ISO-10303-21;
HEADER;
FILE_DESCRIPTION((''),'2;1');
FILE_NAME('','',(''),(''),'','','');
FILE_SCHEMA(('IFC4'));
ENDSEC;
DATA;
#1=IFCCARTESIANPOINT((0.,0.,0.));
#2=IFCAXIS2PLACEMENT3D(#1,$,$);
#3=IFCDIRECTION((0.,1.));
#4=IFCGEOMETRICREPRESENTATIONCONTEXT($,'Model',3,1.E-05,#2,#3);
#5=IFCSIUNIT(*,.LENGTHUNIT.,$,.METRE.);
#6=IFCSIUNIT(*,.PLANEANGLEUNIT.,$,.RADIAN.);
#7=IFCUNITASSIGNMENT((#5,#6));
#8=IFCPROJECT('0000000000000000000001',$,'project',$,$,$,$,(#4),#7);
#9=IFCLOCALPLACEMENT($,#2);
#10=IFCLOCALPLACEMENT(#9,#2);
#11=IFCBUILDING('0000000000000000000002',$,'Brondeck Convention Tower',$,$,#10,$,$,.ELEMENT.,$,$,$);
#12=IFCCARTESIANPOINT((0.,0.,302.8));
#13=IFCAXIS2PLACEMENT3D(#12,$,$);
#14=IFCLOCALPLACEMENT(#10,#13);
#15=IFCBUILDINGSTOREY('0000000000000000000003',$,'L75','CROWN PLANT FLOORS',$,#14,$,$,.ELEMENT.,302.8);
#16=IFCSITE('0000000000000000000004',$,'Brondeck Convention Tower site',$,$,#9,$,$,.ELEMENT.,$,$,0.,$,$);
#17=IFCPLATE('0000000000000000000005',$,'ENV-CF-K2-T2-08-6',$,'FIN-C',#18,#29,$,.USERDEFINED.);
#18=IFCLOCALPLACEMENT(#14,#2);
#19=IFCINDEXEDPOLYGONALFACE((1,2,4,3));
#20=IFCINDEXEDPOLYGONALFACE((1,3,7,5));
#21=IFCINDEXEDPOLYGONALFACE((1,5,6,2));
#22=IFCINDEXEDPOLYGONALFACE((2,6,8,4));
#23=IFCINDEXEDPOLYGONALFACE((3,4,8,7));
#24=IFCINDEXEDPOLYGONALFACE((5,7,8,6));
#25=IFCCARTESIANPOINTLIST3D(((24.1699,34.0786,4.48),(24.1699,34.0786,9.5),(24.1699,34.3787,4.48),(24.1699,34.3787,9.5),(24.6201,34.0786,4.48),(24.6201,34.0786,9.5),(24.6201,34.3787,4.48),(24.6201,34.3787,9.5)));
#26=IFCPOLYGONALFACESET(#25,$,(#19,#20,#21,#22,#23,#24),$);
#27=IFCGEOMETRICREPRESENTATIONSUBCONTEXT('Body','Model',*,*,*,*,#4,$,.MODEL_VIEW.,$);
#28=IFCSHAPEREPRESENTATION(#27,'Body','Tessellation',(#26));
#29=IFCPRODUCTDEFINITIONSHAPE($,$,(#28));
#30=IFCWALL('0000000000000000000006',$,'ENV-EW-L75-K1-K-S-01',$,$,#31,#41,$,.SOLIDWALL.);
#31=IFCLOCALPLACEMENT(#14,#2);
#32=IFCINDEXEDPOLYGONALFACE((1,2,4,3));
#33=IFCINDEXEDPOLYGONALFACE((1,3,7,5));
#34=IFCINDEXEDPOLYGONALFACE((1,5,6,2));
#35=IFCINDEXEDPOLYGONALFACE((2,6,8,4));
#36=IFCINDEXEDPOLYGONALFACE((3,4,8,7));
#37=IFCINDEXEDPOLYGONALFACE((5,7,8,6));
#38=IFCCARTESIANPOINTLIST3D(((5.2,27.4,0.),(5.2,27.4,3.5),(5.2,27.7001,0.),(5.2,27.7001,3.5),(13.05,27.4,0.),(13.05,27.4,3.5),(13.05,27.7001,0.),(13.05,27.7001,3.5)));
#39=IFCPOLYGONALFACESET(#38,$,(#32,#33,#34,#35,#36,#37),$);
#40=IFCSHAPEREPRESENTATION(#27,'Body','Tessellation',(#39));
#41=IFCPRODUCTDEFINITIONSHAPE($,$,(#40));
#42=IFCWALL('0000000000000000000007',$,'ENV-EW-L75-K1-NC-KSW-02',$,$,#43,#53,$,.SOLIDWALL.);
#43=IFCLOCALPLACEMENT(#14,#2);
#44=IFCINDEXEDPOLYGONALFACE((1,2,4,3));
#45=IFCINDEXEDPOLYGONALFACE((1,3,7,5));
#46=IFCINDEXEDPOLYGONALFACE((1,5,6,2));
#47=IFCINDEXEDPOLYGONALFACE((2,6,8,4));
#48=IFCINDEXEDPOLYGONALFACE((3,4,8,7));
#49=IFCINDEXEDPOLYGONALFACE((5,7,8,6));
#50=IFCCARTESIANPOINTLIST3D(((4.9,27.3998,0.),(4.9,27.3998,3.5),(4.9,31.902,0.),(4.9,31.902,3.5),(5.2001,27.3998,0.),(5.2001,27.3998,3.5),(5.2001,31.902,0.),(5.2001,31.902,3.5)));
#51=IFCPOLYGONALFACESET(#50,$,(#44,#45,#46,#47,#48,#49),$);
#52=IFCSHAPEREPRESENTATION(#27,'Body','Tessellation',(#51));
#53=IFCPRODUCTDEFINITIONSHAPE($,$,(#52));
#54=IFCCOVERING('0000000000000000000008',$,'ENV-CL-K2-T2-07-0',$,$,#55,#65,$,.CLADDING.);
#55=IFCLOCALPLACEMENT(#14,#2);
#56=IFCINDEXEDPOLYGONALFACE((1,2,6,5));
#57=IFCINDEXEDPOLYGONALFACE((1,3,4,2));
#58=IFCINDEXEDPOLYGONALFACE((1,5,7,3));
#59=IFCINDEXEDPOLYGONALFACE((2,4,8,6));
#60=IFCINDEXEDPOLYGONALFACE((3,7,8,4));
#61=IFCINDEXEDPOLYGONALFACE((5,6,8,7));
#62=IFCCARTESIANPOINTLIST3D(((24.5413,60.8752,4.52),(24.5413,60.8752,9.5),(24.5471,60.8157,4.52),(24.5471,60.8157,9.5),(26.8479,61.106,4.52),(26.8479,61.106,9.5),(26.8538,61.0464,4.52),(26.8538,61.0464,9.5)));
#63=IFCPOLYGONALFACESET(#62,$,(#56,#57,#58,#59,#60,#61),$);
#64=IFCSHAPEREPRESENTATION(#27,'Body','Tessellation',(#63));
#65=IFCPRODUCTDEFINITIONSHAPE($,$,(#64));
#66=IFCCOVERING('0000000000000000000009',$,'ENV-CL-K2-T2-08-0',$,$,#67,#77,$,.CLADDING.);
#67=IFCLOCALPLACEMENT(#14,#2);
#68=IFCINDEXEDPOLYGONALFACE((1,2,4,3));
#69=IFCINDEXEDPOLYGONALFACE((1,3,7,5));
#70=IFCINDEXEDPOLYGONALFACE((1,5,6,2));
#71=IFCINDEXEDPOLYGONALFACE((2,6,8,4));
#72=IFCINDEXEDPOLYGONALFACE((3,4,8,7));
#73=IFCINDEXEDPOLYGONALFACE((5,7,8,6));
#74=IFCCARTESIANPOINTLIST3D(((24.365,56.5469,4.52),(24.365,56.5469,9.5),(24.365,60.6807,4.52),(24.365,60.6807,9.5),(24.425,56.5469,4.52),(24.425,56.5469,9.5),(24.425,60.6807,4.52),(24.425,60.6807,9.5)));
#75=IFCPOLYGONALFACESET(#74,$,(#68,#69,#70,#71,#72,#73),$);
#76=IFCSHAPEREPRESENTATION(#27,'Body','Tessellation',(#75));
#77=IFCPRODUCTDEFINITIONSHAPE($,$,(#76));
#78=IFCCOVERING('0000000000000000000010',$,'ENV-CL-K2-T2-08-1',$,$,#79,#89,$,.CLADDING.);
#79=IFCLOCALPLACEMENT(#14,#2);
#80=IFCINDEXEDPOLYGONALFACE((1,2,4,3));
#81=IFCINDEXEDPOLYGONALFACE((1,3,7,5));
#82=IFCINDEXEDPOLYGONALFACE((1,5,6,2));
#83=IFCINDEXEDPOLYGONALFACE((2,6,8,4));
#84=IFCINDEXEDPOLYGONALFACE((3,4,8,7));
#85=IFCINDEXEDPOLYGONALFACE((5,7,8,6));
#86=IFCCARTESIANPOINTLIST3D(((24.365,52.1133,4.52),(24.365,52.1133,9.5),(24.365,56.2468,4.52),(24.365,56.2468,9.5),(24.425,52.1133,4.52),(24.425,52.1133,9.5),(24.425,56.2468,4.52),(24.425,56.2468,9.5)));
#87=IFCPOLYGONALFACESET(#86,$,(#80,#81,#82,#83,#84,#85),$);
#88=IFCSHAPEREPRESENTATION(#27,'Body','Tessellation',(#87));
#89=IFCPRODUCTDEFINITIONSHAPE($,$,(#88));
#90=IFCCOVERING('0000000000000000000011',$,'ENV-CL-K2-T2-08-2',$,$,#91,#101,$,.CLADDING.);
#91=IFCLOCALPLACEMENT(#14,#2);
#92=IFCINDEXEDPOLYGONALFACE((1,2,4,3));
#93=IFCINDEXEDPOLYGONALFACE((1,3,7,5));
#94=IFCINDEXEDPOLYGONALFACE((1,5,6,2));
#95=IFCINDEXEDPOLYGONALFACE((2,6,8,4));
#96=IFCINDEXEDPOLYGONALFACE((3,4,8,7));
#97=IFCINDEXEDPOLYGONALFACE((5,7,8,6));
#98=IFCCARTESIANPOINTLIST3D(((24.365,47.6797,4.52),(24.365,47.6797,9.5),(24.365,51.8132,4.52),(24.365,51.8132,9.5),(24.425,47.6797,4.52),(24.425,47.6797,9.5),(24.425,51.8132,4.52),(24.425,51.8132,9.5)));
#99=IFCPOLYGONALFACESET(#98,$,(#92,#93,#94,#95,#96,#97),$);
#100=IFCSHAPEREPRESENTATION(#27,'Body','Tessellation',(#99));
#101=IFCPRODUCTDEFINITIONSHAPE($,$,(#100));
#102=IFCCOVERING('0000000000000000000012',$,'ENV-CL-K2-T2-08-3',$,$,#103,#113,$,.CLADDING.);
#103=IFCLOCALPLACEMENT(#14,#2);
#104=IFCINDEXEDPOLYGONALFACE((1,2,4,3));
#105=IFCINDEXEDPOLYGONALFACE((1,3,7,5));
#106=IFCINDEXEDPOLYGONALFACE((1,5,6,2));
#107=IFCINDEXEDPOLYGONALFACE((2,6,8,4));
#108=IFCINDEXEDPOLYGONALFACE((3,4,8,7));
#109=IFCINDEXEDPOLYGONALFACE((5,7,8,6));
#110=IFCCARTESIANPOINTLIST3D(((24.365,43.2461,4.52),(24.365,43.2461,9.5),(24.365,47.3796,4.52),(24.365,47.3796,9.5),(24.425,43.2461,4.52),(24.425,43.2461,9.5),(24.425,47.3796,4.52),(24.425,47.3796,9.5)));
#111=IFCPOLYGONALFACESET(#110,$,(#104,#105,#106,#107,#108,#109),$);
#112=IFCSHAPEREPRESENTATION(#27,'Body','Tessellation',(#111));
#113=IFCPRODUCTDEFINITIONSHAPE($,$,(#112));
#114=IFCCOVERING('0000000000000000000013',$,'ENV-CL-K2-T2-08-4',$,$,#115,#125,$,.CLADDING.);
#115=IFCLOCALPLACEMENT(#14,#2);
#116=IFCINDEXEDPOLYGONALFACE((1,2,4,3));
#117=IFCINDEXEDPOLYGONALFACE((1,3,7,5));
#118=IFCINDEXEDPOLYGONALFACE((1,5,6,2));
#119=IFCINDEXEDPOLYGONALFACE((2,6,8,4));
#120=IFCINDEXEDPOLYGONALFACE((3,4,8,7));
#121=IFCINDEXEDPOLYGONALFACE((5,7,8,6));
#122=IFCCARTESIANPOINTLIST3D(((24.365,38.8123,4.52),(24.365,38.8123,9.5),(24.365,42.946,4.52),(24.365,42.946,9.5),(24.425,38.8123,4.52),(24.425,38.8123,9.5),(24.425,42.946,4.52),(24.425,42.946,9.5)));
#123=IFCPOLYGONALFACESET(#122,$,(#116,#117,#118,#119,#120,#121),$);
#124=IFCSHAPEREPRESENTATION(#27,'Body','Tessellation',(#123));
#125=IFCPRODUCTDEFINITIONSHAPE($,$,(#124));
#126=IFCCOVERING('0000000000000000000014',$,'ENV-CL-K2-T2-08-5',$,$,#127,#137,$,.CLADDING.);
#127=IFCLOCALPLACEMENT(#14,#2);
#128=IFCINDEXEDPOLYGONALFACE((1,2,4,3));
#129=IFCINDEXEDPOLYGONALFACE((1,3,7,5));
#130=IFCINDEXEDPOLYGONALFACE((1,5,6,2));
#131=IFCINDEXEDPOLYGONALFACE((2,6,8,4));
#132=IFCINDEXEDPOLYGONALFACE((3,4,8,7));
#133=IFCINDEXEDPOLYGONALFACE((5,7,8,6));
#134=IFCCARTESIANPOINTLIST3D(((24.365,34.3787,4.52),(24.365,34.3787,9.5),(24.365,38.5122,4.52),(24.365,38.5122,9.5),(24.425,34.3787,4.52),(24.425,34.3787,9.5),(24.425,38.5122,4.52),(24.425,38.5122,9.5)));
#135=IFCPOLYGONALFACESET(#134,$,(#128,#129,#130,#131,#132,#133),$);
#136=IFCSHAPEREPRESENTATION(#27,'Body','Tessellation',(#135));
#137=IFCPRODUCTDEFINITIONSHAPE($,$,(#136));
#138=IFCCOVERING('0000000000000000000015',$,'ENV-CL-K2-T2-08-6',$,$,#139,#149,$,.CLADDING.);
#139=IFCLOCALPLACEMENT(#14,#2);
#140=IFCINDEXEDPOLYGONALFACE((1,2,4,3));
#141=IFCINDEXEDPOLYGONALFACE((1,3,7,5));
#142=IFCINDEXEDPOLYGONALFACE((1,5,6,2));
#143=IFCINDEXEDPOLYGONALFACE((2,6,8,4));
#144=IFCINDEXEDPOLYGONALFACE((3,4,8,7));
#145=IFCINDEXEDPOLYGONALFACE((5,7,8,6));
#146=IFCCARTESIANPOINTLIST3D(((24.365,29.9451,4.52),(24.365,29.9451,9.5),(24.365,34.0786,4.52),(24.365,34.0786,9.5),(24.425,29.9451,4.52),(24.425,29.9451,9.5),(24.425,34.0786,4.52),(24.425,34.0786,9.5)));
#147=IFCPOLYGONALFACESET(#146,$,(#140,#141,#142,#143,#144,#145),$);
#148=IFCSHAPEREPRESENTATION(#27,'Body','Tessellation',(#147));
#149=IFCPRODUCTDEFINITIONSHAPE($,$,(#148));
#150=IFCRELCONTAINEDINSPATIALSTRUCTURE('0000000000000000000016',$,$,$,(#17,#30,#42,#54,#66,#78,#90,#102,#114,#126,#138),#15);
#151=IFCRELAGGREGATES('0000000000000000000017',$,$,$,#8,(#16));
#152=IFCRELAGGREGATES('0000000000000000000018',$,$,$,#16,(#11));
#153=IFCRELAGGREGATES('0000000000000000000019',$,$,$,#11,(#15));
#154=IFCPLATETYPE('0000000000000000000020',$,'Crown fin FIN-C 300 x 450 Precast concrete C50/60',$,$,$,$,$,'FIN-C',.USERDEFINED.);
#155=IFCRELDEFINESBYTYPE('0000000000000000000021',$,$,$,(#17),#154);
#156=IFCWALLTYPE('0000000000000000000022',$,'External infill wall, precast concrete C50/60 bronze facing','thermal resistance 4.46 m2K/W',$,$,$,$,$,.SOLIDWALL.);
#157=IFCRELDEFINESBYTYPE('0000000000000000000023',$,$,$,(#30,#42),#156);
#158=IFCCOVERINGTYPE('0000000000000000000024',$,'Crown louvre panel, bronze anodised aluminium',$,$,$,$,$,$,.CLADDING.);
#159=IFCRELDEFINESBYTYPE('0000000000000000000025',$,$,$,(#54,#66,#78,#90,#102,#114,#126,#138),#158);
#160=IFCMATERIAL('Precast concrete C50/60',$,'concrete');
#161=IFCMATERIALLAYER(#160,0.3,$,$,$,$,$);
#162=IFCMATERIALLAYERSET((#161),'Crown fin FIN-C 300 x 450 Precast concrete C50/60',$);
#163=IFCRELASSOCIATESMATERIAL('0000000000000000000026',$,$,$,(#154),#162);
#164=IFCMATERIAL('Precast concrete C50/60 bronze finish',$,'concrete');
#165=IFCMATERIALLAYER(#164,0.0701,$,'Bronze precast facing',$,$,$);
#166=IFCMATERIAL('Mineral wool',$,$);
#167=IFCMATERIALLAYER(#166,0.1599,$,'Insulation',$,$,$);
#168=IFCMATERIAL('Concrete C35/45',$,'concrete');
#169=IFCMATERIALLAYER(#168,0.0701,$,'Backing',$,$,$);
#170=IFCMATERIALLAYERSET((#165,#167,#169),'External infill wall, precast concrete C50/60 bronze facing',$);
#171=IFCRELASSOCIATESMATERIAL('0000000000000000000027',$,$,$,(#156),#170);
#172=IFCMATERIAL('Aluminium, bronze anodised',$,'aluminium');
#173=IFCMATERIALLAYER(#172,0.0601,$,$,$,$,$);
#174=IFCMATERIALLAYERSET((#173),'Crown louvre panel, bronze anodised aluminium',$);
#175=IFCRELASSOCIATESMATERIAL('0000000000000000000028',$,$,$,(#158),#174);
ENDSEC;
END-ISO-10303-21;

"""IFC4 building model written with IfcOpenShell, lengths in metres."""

from ifc_helpers import new_model, si_unit, direction, frame, frame_2d, origin, place, context, subcontext, project, spatial, polyline, rectangle, outline, extrude, material, layer, layer_set, type_object, element, save


model = new_model("IFC4")

# Units and contexts
model_context = context("Model", 3, precision=1e-05, world=origin(), true_north=direction((0.0, 1.0)))
body_context = subcontext(model_context, "Body", "Model", "MODEL_VIEW")
ifc_project = project(units=[si_unit("LENGTHUNIT", "METRE"), si_unit("PLANEANGLEUNIT", "RADIAN")], contexts=[model_context])

# Site, building, storey
site_placement = place(None, origin())
site = spatial("IfcSite", under=ifc_project, at=site_placement, Name="Brondeck Convention Tower site", CompositionType="ELEMENT", RefElevation=0.0)
building_placement = place(site_placement, origin())
building = spatial("IfcBuilding", under=site, at=building_placement, Name="Brondeck Convention Tower", CompositionType="ELEMENT")
storey_placement = place(building_placement, frame((0.0, 0.0, 302.8)))
storey = spatial("IfcBuildingStorey", under=building, at=storey_placement, Name="L75", Description="CROWN PLANT FLOORS", CompositionType="ELEMENT", Elevation=302.8)

# Shared definitions
ifc_material_1 = material(Name="Aluminium, bronze anodised", Category="aluminium")

# Shared definitions
ifc_material_2 = material(Name="Precast concrete C50/60", Category="concrete")

# Plate
ifc_layer_1 = layer(ifc_material_2, 0.3)
ifc_layer_set_1 = layer_set([ifc_layer_1], Name="Crown fin FIN-C 300 x 450 Precast concrete C50/60")
plate_type = type_object("IfcPlateType", Name="Crown fin FIN-C 300 x 450 Precast concrete C50/60", ElementType="FIN-C", PredefinedType="USERDEFINED", material=ifc_layer_set_1)
plate_1_placement = place(storey_placement, frame((0.0, 0.0, 4.48)))
element("IfcPlate", 1, at=plate_1_placement, inside=storey, type_object=plate_type, Name="ENV-CF-K2-T2-08-6", ObjectType="FIN-C", PredefinedType="USERDEFINED", context=body_context, shape_type="SweptSolid", body=[
    extrude(outline(polyline([(24.6201, 34.0786), (24.6201, 34.3787), (24.1699, 34.3787), (24.1699, 34.0786), (24.6201, 34.0786)])), origin(), (0.0, 0.0, 1.0), 5.02),
])

# Walls
ifc_material_3 = material(Name="Precast concrete C50/60 bronze finish", Category="concrete")
ifc_layer_2 = layer(ifc_material_3, 0.0701, Name="Bronze precast facing")
ifc_material_4 = material(Name="Mineral wool")
ifc_layer_3 = layer(ifc_material_4, 0.1599, Name="Insulation")
ifc_material_5 = material(Name="Concrete C35/45", Category="concrete")
ifc_layer_4 = layer(ifc_material_5, 0.0701, Name="Backing")
ifc_layer_set_2 = layer_set([ifc_layer_2, ifc_layer_3, ifc_layer_4], Name="External infill wall, precast concrete C50/60 bronze facing")
wall_type = type_object("IfcWallType", Name="External infill wall, precast concrete C50/60 bronze facing", Description="thermal resistance 4.46 m2K/W", PredefinedType="SOLIDWALL", material=ifc_layer_set_2)
wall_1_placement = place(storey_placement, frame((13.05, 27.55, 0.0), z_axis=(0.0, 0.0, 1.0), x_axis=(-1.0, 0.0, 0.0)))
element("IfcWall", 2, at=wall_1_placement, inside=storey, type_object=wall_type, Name="ENV-EW-L75-K1-K-S-01", PredefinedType="SOLIDWALL", context=body_context, shape_type="SweptSolid", body=[
    extrude(rectangle(XDim=7.8501, YDim=0.3, at=frame_2d((3.925, 0.0))), origin(), (0.0, 0.0, 1.0), 3.5),
])
wall_2_placement = place(storey_placement, frame((5.05, 27.3999, 0.0), z_axis=(0.0, 0.0, 1.0), x_axis=(0.0, 1.0, 0.0)))
element("IfcWall", 3, at=wall_2_placement, inside=storey, type_object=wall_type, Name="ENV-EW-L75-K1-NC-KSW-02", PredefinedType="SOLIDWALL", context=body_context, shape_type="SweptSolid", body=[
    extrude(rectangle(XDim=4.5022, YDim=0.3, at=frame_2d((2.251, 0.0))), origin(), (0.0, 0.0, 1.0), 3.5),
])

# Coverings
ifc_layer_5 = layer(ifc_material_1, 0.0601)
ifc_layer_set_3 = layer_set([ifc_layer_5], Name="Crown louvre panel, bronze anodised aluminium")
covering_type = type_object("IfcCoveringType", Name="Crown louvre panel, bronze anodised aluminium", PredefinedType="CLADDING", material=ifc_layer_set_3)
covering_1_placement = place(storey_placement, frame((0.0, 0.0, 4.52)))
element("IfcCovering", 4, at=covering_1_placement, inside=storey, type_object=covering_type, Name="ENV-CL-K2-T2-07-0", PredefinedType="CLADDING", context=body_context, shape_type="SweptSolid", body=[
    extrude(outline(polyline([(24.5471, 60.8157), (26.8538, 61.0464), (26.8479, 61.106), (24.5413, 60.8752), (24.5471, 60.8157)])), origin(), (0.0, 0.0, 1.0), 4.98),
])
covering_2_placement = place(storey_placement, frame((0.0, 0.0, 4.52)))
element("IfcCovering", 5, at=covering_2_placement, inside=storey, type_object=covering_type, Name="ENV-CL-K2-T2-08-0", PredefinedType="CLADDING", context=body_context, shape_type="SweptSolid", body=[
    extrude(outline(polyline([(24.425, 56.5469), (24.425, 60.6807), (24.365, 60.6807), (24.365, 56.5469), (24.425, 56.5469)])), origin(), (0.0, 0.0, 1.0), 4.98),
])
covering_3_placement = place(storey_placement, frame((0.0, 0.0, 4.52)))
element("IfcCovering", 6, at=covering_3_placement, inside=storey, type_object=covering_type, Name="ENV-CL-K2-T2-08-1", PredefinedType="CLADDING", context=body_context, shape_type="SweptSolid", body=[
    extrude(outline(polyline([(24.425, 52.1133), (24.425, 56.2468), (24.365, 56.2468), (24.365, 52.1133), (24.425, 52.1133)])), origin(), (0.0, 0.0, 1.0), 4.98),
])
covering_4_placement = place(storey_placement, frame((0.0, 0.0, 4.52)))
element("IfcCovering", 7, at=covering_4_placement, inside=storey, type_object=covering_type, Name="ENV-CL-K2-T2-08-2", PredefinedType="CLADDING", context=body_context, shape_type="SweptSolid", body=[
    extrude(outline(polyline([(24.425, 47.6797), (24.425, 51.8132), (24.365, 51.8132), (24.365, 47.6797), (24.425, 47.6797)])), origin(), (0.0, 0.0, 1.0), 4.98),
])
covering_5_placement = place(storey_placement, frame((0.0, 0.0, 4.52)))
element("IfcCovering", 8, at=covering_5_placement, inside=storey, type_object=covering_type, Name="ENV-CL-K2-T2-08-3", PredefinedType="CLADDING", context=body_context, shape_type="SweptSolid", body=[
    extrude(outline(polyline([(24.425, 43.2461), (24.425, 47.3796), (24.365, 47.3796), (24.365, 43.2461), (24.425, 43.2461)])), origin(), (0.0, 0.0, 1.0), 4.98),
])
covering_6_placement = place(storey_placement, frame((0.0, 0.0, 4.52)))
element("IfcCovering", 9, at=covering_6_placement, inside=storey, type_object=covering_type, Name="ENV-CL-K2-T2-08-4", PredefinedType="CLADDING", context=body_context, shape_type="SweptSolid", body=[
    extrude(outline(polyline([(24.425, 38.8123), (24.425, 42.946), (24.365, 42.946), (24.365, 38.8123), (24.425, 38.8123)])), origin(), (0.0, 0.0, 1.0), 4.98),
])
covering_7_placement = place(storey_placement, frame((0.0, 0.0, 4.52)))
element("IfcCovering", 10, at=covering_7_placement, inside=storey, type_object=covering_type, Name="ENV-CL-K2-T2-08-5", PredefinedType="CLADDING", context=body_context, shape_type="SweptSolid", body=[
    extrude(outline(polyline([(24.425, 34.3787), (24.425, 38.5122), (24.365, 38.5122), (24.365, 34.3787), (24.425, 34.3787)])), origin(), (0.0, 0.0, 1.0), 4.98),
])
covering_8_placement = place(storey_placement, frame((0.0, 0.0, 4.52)))
element("IfcCovering", 11, at=covering_8_placement, inside=storey, type_object=covering_type, Name="ENV-CL-K2-T2-08-6", PredefinedType="CLADDING", context=body_context, shape_type="SweptSolid", body=[
    extrude(outline(polyline([(24.425, 29.9451), (24.425, 34.0786), (24.365, 34.0786), (24.365, 29.9451), (24.425, 29.9451)])), origin(), (0.0, 0.0, 1.0), 4.98),
])

save(model, "model.ifc")
